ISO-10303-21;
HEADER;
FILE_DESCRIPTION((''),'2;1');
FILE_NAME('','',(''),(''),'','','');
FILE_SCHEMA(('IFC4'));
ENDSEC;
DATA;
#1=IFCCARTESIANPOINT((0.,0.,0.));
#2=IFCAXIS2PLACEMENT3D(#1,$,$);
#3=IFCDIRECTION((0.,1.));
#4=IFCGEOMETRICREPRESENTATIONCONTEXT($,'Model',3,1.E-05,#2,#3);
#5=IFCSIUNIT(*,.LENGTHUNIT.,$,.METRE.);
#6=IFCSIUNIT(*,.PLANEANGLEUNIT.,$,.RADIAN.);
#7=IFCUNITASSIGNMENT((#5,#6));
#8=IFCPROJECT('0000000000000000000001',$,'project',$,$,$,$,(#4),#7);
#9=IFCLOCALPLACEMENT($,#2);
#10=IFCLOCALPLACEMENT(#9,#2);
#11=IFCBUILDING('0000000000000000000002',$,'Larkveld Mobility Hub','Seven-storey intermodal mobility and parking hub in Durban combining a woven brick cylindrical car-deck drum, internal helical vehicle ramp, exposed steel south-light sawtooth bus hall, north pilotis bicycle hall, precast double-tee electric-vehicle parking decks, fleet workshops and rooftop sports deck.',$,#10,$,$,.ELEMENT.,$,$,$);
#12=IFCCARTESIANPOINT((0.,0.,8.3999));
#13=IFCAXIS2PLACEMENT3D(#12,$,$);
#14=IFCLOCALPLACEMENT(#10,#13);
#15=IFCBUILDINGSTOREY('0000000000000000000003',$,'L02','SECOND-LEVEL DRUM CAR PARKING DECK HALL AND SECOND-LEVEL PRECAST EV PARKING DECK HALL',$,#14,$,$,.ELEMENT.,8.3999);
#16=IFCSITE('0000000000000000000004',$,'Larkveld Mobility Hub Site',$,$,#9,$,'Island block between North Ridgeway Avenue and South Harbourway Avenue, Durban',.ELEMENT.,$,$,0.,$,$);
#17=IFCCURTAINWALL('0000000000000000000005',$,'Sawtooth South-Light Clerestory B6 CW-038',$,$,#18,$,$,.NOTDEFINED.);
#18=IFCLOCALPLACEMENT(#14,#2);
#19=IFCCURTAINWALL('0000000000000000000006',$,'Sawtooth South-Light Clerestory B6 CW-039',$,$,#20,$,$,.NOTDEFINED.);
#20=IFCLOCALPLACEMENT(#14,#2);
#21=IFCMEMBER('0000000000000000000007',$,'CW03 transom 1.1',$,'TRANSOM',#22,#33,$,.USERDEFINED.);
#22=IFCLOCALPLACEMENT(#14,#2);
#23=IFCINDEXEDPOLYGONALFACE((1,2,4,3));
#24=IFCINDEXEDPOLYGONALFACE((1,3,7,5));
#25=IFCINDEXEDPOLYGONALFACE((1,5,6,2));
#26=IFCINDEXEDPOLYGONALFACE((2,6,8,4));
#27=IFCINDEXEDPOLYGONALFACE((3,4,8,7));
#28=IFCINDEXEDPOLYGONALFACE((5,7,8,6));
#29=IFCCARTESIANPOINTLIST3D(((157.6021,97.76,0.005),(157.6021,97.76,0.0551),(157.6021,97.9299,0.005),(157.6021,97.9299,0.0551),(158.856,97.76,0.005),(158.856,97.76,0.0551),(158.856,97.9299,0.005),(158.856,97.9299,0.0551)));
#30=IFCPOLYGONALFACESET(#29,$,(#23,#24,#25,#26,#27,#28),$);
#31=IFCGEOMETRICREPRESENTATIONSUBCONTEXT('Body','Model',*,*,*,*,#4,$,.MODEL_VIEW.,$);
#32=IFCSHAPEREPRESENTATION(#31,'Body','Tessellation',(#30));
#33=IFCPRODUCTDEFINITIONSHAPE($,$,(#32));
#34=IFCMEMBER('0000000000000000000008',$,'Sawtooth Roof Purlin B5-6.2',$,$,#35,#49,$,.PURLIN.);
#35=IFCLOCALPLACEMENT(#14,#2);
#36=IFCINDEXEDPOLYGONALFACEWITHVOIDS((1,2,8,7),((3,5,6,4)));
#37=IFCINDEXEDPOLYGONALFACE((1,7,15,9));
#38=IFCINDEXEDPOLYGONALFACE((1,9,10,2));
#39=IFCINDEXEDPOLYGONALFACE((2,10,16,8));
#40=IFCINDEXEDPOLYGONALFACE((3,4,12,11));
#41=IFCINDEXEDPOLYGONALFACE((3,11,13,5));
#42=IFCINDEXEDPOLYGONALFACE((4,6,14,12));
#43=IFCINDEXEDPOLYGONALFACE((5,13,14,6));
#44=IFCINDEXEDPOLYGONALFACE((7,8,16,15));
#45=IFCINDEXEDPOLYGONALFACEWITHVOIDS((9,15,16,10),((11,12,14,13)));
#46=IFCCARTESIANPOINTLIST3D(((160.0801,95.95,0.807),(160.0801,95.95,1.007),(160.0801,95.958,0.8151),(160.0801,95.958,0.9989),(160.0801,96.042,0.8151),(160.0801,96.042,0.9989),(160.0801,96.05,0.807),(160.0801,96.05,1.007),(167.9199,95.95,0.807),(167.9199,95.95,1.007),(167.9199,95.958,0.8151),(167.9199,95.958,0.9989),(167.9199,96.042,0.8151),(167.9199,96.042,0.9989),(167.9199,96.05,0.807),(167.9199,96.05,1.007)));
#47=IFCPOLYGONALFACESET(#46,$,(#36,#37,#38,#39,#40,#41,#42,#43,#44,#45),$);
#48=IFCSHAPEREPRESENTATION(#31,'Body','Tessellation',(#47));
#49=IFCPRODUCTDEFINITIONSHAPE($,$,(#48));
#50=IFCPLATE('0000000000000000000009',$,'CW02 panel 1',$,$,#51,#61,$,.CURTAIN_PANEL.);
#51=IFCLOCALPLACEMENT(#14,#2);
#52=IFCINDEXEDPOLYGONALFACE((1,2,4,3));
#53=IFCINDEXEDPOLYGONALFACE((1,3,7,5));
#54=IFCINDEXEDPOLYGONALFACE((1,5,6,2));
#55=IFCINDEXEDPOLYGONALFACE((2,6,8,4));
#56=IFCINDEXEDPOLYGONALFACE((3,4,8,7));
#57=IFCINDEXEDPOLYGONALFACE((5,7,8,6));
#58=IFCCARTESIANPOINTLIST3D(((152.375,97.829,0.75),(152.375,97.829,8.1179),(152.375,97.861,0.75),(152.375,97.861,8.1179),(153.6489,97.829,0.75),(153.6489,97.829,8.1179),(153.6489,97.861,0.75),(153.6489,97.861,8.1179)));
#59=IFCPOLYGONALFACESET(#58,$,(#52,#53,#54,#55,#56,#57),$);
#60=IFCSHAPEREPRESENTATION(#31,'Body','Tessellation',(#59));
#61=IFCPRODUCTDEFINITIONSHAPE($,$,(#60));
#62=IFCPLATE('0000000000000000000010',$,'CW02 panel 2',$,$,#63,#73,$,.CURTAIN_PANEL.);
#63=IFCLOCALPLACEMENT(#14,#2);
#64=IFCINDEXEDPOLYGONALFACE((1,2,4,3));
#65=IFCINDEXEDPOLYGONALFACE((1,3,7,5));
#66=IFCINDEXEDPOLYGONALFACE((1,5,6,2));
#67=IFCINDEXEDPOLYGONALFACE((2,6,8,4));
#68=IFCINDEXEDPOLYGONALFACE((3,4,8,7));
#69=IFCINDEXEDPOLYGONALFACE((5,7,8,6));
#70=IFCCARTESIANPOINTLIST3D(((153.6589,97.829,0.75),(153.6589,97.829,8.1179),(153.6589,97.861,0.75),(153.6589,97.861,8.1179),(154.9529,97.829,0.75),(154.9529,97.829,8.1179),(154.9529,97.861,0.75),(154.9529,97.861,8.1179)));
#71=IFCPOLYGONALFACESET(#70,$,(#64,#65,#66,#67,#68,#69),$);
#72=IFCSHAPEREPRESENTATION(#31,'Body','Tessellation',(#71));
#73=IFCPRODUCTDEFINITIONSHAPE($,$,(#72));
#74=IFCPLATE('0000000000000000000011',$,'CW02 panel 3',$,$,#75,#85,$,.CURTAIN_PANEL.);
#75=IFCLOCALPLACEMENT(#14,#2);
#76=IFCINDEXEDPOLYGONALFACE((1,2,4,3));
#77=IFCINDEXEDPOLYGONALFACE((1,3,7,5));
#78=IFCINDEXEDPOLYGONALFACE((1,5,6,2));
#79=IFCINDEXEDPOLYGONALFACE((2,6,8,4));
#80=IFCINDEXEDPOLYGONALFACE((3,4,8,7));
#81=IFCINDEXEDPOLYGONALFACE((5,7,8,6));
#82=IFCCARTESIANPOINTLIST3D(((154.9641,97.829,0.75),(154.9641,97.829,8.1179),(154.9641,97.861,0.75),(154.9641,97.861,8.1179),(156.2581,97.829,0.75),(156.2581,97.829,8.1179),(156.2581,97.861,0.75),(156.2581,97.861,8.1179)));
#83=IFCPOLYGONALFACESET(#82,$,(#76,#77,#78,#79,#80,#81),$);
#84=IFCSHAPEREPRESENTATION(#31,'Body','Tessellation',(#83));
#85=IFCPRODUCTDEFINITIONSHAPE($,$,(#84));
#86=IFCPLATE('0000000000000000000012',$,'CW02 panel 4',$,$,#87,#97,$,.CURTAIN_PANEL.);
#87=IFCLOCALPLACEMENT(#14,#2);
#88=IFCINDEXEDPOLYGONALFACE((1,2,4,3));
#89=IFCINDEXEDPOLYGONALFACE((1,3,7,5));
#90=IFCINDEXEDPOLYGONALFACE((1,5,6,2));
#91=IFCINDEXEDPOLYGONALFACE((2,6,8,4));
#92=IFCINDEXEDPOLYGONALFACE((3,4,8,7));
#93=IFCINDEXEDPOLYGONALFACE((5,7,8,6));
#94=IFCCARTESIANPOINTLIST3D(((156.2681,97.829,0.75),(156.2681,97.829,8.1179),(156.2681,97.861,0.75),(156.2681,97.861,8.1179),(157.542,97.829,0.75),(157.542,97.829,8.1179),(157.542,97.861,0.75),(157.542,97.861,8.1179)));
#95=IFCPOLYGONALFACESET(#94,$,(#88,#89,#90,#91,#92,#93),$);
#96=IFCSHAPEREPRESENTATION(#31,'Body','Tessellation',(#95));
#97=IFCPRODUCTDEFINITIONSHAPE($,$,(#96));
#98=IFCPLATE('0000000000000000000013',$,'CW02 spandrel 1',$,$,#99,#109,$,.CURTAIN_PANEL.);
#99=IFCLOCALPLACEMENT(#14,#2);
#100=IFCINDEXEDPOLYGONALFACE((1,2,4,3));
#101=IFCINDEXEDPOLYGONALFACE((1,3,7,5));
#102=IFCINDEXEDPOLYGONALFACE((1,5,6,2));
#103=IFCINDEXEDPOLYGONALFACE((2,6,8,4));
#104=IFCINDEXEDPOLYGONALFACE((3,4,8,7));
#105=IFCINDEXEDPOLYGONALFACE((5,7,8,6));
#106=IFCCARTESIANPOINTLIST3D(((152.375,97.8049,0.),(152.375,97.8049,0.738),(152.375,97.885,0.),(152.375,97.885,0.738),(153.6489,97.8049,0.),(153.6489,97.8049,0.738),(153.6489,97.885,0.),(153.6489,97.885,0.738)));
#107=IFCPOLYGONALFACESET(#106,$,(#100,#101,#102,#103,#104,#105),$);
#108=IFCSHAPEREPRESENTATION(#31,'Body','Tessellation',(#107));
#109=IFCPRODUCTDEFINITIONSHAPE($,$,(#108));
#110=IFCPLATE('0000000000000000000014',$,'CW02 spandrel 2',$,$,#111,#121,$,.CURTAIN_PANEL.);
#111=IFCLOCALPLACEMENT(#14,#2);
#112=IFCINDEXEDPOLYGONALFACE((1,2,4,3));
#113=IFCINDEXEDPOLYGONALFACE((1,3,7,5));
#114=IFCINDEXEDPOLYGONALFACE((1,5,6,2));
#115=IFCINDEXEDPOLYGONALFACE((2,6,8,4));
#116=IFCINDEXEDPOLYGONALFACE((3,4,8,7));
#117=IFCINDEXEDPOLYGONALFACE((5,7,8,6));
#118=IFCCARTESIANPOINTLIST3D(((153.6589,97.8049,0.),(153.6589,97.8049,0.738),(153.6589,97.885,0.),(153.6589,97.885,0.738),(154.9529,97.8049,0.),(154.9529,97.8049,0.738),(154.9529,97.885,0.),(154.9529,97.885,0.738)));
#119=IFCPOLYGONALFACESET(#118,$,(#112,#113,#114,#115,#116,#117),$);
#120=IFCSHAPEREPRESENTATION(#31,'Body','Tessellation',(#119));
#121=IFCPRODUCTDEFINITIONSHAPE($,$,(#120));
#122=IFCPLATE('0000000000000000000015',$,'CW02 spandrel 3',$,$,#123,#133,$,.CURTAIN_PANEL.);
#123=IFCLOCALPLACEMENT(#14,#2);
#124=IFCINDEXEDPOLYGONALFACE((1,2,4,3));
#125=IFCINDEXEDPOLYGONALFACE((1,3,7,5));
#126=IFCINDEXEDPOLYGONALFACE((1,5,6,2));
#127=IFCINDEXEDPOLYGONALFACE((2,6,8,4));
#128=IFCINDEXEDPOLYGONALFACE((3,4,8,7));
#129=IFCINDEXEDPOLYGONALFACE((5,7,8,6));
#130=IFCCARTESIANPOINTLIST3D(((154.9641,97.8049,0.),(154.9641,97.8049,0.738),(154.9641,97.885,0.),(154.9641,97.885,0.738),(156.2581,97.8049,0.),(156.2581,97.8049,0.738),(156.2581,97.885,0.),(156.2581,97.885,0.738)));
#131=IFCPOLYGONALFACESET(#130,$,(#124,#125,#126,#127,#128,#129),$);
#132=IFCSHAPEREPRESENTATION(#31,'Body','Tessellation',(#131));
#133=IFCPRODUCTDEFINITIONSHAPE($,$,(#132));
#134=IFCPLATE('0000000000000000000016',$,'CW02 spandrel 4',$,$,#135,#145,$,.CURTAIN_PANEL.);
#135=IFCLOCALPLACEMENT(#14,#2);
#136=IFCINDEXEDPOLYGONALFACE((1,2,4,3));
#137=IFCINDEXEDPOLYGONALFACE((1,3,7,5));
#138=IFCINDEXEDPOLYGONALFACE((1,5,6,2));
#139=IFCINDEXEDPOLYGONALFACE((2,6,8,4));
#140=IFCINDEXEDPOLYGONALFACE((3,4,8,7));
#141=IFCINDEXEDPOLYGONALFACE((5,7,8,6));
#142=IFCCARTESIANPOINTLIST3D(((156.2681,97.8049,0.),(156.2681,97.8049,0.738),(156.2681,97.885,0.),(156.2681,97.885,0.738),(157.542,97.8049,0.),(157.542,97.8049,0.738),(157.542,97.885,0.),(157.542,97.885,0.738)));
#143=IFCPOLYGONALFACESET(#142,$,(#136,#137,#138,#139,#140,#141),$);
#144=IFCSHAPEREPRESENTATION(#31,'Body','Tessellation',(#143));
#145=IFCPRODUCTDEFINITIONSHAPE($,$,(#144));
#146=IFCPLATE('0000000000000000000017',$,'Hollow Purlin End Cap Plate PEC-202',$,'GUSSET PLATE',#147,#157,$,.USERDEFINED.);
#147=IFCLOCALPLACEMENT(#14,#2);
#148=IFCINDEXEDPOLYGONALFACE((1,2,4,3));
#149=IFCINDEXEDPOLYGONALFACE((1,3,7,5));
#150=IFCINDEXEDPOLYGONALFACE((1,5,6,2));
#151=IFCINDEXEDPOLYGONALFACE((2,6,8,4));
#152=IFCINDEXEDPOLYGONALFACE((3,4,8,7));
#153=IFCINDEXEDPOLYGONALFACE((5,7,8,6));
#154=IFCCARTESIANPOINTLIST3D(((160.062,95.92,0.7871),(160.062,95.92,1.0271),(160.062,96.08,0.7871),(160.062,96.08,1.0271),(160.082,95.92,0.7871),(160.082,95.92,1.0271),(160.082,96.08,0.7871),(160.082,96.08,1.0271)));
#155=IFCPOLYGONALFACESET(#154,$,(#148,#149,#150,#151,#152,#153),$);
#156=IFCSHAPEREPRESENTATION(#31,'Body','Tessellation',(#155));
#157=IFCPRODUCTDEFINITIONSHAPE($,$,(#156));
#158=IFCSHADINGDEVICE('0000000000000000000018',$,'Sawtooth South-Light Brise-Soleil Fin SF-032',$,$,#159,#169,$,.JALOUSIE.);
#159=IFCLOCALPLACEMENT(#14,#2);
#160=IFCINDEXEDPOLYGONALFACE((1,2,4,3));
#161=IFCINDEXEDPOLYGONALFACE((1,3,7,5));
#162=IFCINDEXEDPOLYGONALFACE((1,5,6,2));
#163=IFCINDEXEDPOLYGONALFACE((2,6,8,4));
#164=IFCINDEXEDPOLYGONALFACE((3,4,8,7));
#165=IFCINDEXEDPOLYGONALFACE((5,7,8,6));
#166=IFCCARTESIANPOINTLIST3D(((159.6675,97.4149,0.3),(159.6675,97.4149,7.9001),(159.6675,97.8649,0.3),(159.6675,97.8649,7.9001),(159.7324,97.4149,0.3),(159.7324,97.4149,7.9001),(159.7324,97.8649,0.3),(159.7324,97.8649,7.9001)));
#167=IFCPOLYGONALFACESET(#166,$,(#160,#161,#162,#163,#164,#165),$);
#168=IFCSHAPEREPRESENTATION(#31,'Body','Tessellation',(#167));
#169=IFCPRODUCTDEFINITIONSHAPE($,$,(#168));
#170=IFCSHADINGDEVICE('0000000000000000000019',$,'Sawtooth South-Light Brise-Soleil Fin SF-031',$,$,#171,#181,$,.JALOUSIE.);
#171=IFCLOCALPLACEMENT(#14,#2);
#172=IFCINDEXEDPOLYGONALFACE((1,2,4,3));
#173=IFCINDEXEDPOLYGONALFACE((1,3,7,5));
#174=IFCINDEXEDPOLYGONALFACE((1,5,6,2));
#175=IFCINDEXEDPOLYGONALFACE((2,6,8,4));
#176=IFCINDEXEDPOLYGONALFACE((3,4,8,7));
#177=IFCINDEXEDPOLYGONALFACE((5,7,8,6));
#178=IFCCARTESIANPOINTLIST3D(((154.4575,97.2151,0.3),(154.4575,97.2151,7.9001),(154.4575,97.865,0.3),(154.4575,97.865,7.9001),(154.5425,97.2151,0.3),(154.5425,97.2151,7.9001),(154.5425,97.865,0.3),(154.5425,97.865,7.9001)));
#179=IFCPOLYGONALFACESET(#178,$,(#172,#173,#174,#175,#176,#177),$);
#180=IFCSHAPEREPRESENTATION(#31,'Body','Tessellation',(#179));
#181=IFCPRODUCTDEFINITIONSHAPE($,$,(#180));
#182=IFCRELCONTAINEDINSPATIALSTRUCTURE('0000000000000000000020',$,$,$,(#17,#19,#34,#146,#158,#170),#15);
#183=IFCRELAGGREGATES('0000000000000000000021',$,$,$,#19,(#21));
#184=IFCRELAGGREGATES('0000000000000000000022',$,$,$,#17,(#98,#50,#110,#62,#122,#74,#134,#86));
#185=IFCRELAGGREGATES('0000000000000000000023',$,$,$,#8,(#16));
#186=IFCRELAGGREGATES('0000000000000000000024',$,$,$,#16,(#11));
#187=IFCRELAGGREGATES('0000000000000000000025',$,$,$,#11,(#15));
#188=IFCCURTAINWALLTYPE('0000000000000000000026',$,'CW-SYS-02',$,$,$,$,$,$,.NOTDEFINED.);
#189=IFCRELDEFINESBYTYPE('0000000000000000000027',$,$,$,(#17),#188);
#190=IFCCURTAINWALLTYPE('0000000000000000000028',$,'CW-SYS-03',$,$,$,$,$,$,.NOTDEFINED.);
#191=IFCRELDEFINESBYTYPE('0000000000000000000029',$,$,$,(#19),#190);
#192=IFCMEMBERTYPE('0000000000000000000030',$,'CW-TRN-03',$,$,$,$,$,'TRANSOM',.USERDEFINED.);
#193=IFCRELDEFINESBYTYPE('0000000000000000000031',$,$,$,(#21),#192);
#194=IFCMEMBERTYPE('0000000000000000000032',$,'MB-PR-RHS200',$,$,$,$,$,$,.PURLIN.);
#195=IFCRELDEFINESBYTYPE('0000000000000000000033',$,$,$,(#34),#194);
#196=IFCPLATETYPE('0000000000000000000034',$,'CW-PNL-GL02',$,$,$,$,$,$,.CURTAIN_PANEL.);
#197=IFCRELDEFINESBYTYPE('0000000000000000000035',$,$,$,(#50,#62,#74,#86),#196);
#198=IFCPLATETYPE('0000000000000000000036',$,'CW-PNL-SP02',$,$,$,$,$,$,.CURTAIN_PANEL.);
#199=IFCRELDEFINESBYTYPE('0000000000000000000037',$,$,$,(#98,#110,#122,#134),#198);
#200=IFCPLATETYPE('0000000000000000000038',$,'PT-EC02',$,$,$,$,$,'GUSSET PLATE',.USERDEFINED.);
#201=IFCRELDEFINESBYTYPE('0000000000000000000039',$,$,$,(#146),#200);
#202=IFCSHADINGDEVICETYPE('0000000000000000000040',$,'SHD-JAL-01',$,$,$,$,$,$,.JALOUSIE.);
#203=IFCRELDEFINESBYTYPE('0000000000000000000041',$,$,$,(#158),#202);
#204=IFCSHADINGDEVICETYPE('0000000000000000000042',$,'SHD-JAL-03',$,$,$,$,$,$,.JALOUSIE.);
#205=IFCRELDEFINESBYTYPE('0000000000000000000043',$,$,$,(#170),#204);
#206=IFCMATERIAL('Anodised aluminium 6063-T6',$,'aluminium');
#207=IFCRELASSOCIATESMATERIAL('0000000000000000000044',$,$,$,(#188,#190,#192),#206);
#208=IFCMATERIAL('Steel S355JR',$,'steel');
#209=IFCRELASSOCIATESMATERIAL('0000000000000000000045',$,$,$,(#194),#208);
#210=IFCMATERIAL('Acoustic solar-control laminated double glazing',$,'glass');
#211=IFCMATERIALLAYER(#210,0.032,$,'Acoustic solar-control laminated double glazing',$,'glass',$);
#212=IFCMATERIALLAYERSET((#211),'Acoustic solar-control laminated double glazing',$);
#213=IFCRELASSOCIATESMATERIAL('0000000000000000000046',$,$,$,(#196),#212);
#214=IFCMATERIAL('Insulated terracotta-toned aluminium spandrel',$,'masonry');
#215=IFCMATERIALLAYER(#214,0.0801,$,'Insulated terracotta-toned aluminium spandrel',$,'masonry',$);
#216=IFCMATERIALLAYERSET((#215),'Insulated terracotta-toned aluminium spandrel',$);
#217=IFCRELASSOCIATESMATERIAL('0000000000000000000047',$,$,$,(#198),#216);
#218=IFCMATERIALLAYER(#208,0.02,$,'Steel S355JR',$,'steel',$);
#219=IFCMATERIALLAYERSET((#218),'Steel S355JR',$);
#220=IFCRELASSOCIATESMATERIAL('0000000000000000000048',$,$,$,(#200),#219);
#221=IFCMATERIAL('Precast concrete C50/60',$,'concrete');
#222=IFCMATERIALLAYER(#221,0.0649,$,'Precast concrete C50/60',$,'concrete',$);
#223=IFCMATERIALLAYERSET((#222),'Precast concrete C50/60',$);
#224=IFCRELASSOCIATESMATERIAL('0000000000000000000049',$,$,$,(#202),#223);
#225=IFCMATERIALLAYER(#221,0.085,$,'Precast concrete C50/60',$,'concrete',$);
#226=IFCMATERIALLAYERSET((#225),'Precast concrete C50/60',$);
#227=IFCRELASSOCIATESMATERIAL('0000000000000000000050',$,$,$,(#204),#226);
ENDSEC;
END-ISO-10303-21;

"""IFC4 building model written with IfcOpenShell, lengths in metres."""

from ifc_helpers import new_model, si_unit, direction, frame, origin, origin_2d, place, context, subcontext, project, spatial, rectangle, hollow_rectangle, extrude, material, layer, layer_set, material_profile, profile_set, type_object, element, aggregate, save


model = new_model("IFC4")

# Units and contexts
model_context = context("Model", 3, precision=1e-05, world=origin(), true_north=direction((0.0, 1.0)))
body_context = subcontext(model_context, "Body", "Model", "MODEL_VIEW")
ifc_project = project(units=[si_unit("LENGTHUNIT", "METRE"), si_unit("PLANEANGLEUNIT", "RADIAN")], contexts=[model_context])

# Site, building, storey
site_placement = place(None, origin())
site = spatial("IfcSite", under=ifc_project, at=site_placement, Name="Larkveld Mobility Hub Site", LongName="Island block between North Ridgeway Avenue and South Harbourway Avenue, Durban", CompositionType="ELEMENT", RefElevation=0.0)
building_placement = place(site_placement, origin())
building = spatial("IfcBuilding", under=site, at=building_placement, Name="Larkveld Mobility Hub", Description="Seven-storey intermodal mobility and parking hub in Durban combining a woven brick cylindrical car-deck drum, internal helical vehicle ramp, exposed steel south-light sawtooth bus hall, north pilotis bicycle hall, precast double-tee electric-vehicle parking decks, fleet workshops and rooftop sports deck.", CompositionType="ELEMENT")
storey_placement = place(building_placement, frame((0.0, 0.0, 8.3999)))
storey = spatial("IfcBuildingStorey", under=building, at=storey_placement, Name="L02", Description="SECOND-LEVEL DRUM CAR PARKING DECK HALL AND SECOND-LEVEL PRECAST EV PARKING DECK HALL", CompositionType="ELEMENT", Elevation=8.3999)

# Curtain wall
ifc_material_1 = material(Name="Anodised aluminium 6063-T6", Category="aluminium")
curtain_wall_type_1 = type_object("IfcCurtainWallType", Name="CW-SYS-02", PredefinedType="NOTDEFINED", material=ifc_material_1)
curtain_wall_1_placement = place(storey_placement, origin())
curtain_wall_1 = element("IfcCurtainWall", 1, at=curtain_wall_1_placement, inside=storey, type_object=curtain_wall_type_1, Name="Sawtooth South-Light Clerestory B6 CW-038", PredefinedType="NOTDEFINED")

# Curtain wall
curtain_wall_type_2 = type_object("IfcCurtainWallType", Name="CW-SYS-03", PredefinedType="NOTDEFINED", material=ifc_material_1)
curtain_wall_2_placement = place(storey_placement, origin())
curtain_wall_2 = element("IfcCurtainWall", 2, at=curtain_wall_2_placement, inside=storey, type_object=curtain_wall_type_2, Name="Sawtooth South-Light Clerestory B6 CW-039", PredefinedType="NOTDEFINED")

# Members
ifc_material_profile_1 = material_profile(ifc_material_1, rectangle(XDim=0.1699, YDim=0.05, at=origin_2d()), Name="ALU TRAN 50x170")
ifc_profile_set_1 = profile_set([ifc_material_profile_1], Name="Anodised aluminium 6063-T6")
member_type_1 = type_object("IfcMemberType", Name="CW-TRN-03", ElementType="TRANSOM", PredefinedType="USERDEFINED", material=ifc_profile_set_1)
member_1_placement = place(storey_placement, frame((157.6021, 97.845, 0.03), z_axis=(1.0, 0.0, 0.0), x_axis=(0.0, 1.0, 0.0)))
member_1 = element("IfcMember", 3, at=member_1_placement, type_object=member_type_1, Name="CW03 transom 1.1", ObjectType="TRANSOM", PredefinedType="USERDEFINED", context=body_context, shape_type="SweptSolid", body=[
    extrude(rectangle(XDim=0.1699, YDim=0.05, at=origin_2d()), origin(), (0.0, 0.0, 1.0), 1.2539),
])
aggregate(curtain_wall_2, [member_1])
ifc_material_2 = material(Name="Steel S355JR", Category="steel")
ifc_material_profile_2 = material_profile(ifc_material_2, hollow_rectangle(XDim=0.1001, YDim=0.2, WallThickness=0.0081, at=origin_2d()), Name="RHS 200x100x8")
ifc_profile_set_2 = profile_set([ifc_material_profile_2], Name="Steel S355JR")
member_type_2 = type_object("IfcMemberType", Name="MB-PR-RHS200", PredefinedType="PURLIN", material=ifc_profile_set_2)
member_2_placement = place(storey_placement, frame((160.0801, 96.0, 0.907), z_axis=(1.0, 0.0, 0.0), x_axis=(0.0, 1.0, 0.0)))
element("IfcMember", 4, at=member_2_placement, inside=storey, type_object=member_type_2, Name="Sawtooth Roof Purlin B5-6.2", PredefinedType="PURLIN", context=body_context, shape_type="SweptSolid", body=[
    extrude(hollow_rectangle(XDim=0.1001, YDim=0.2, WallThickness=0.0081, at=origin_2d()), origin(), (0.0, 0.0, 1.0), 7.8398),
])

# Plates
ifc_material_3 = material(Name="Acoustic solar-control laminated double glazing", Category="glass")
ifc_layer_1 = layer(ifc_material_3, 0.032, Name="Acoustic solar-control laminated double glazing", Category="glass")
ifc_layer_set_1 = layer_set([ifc_layer_1], Name="Acoustic solar-control laminated double glazing")
plate_type_1 = type_object("IfcPlateType", Name="CW-PNL-GL02", PredefinedType="CURTAIN_PANEL", material=ifc_layer_set_1)
plate_1_placement = place(storey_placement, frame((153.012, 97.845, 0.75), z_axis=(0.0, 0.0, 1.0), x_axis=(1.0, 0.0, 0.0)))
plate_1 = element("IfcPlate", 5, at=plate_1_placement, type_object=plate_type_1, Name="CW02 panel 1", PredefinedType="CURTAIN_PANEL", context=body_context, shape_type="SweptSolid", body=[
    extrude(rectangle(XDim=1.2739, YDim=0.032, at=origin_2d()), origin(), (0.0, 0.0, 1.0), 7.3679),
])
plate_2_placement = place(storey_placement, frame((154.3059, 97.845, 0.75), z_axis=(0.0, 0.0, 1.0), x_axis=(1.0, 0.0, 0.0)))
plate_2 = element("IfcPlate", 6, at=plate_2_placement, type_object=plate_type_1, Name="CW02 panel 2", PredefinedType="CURTAIN_PANEL", context=body_context, shape_type="SweptSolid", body=[
    extrude(rectangle(XDim=1.2939, YDim=0.032, at=origin_2d()), origin(), (0.0, 0.0, 1.0), 7.3679),
])
plate_3_placement = place(storey_placement, frame((155.6111, 97.845, 0.75), z_axis=(0.0, 0.0, 1.0), x_axis=(1.0, 0.0, 0.0)))
plate_3 = element("IfcPlate", 7, at=plate_3_placement, type_object=plate_type_1, Name="CW02 panel 3", PredefinedType="CURTAIN_PANEL", context=body_context, shape_type="SweptSolid", body=[
    extrude(rectangle(XDim=1.2939, YDim=0.032, at=origin_2d()), origin(), (0.0, 0.0, 1.0), 7.3679),
])
plate_4_placement = place(storey_placement, frame((156.905, 97.845, 0.75), z_axis=(0.0, 0.0, 1.0), x_axis=(1.0, 0.0, 0.0)))
plate_4 = element("IfcPlate", 8, at=plate_4_placement, type_object=plate_type_1, Name="CW02 panel 4", PredefinedType="CURTAIN_PANEL", context=body_context, shape_type="SweptSolid", body=[
    extrude(rectangle(XDim=1.2739, YDim=0.032, at=origin_2d()), origin(), (0.0, 0.0, 1.0), 7.3679),
])
ifc_material_4 = material(Name="Insulated terracotta-toned aluminium spandrel", Category="masonry")
ifc_layer_2 = layer(ifc_material_4, 0.0801, Name="Insulated terracotta-toned aluminium spandrel", Category="masonry")
ifc_layer_set_2 = layer_set([ifc_layer_2], Name="Insulated terracotta-toned aluminium spandrel")
plate_type_2 = type_object("IfcPlateType", Name="CW-PNL-SP02", PredefinedType="CURTAIN_PANEL", material=ifc_layer_set_2)
plate_5_placement = place(storey_placement, frame((153.012, 97.845, 0.0), z_axis=(0.0, 0.0, 1.0), x_axis=(1.0, 0.0, 0.0)))
plate_5 = element("IfcPlate", 9, at=plate_5_placement, type_object=plate_type_2, Name="CW02 spandrel 1", PredefinedType="CURTAIN_PANEL", context=body_context, shape_type="SweptSolid", body=[
    extrude(rectangle(XDim=1.2739, YDim=0.0801, at=origin_2d()), origin(), (0.0, 0.0, 1.0), 0.738),
])
plate_6_placement = place(storey_placement, frame((154.3059, 97.845, 0.0), z_axis=(0.0, 0.0, 1.0), x_axis=(1.0, 0.0, 0.0)))
plate_6 = element("IfcPlate", 10, at=plate_6_placement, type_object=plate_type_2, Name="CW02 spandrel 2", PredefinedType="CURTAIN_PANEL", context=body_context, shape_type="SweptSolid", body=[
    extrude(rectangle(XDim=1.2939, YDim=0.0801, at=origin_2d()), origin(), (0.0, 0.0, 1.0), 0.738),
])
plate_7_placement = place(storey_placement, frame((155.6111, 97.845, 0.0), z_axis=(0.0, 0.0, 1.0), x_axis=(1.0, 0.0, 0.0)))
plate_7 = element("IfcPlate", 11, at=plate_7_placement, type_object=plate_type_2, Name="CW02 spandrel 3", PredefinedType="CURTAIN_PANEL", context=body_context, shape_type="SweptSolid", body=[
    extrude(rectangle(XDim=1.2939, YDim=0.0801, at=origin_2d()), origin(), (0.0, 0.0, 1.0), 0.738),
])
plate_8_placement = place(storey_placement, frame((156.905, 97.845, 0.0), z_axis=(0.0, 0.0, 1.0), x_axis=(1.0, 0.0, 0.0)))
plate_8 = element("IfcPlate", 12, at=plate_8_placement, type_object=plate_type_2, Name="CW02 spandrel 4", PredefinedType="CURTAIN_PANEL", context=body_context, shape_type="SweptSolid", body=[
    extrude(rectangle(XDim=1.2739, YDim=0.0801, at=origin_2d()), origin(), (0.0, 0.0, 1.0), 0.738),
])
aggregate(curtain_wall_1, [plate_5, plate_1, plate_6, plate_2, plate_7, plate_3, plate_8, plate_4])
ifc_layer_3 = layer(ifc_material_2, 0.02, Name="Steel S355JR", Category="steel")
ifc_layer_set_3 = layer_set([ifc_layer_3], Name="Steel S355JR")
plate_type_3 = type_object("IfcPlateType", Name="PT-EC02", ElementType="GUSSET PLATE", PredefinedType="USERDEFINED", material=ifc_layer_set_3)
plate_9_placement = place(storey_placement, frame((160.072, 96.0, 0.7871), z_axis=(0.0, 0.0, 1.0), x_axis=(1.0, 0.0, 0.0)))
element("IfcPlate", 13, at=plate_9_placement, inside=storey, type_object=plate_type_3, Name="Hollow Purlin End Cap Plate PEC-202", ObjectType="GUSSET PLATE", PredefinedType="USERDEFINED", context=body_context, shape_type="SweptSolid", body=[
    extrude(rectangle(XDim=0.02, YDim=0.1599, at=origin_2d()), origin(), (0.0, 0.0, 1.0), 0.24),
])

# Shading devices
ifc_material_5 = material(Name="Precast concrete C50/60", Category="concrete")
ifc_layer_4 = layer(ifc_material_5, 0.0649, Name="Precast concrete C50/60", Category="concrete")
ifc_layer_set_4 = layer_set([ifc_layer_4], Name="Precast concrete C50/60")
shading_device_type_1 = type_object("IfcShadingDeviceType", Name="SHD-JAL-01", PredefinedType="JALOUSIE", material=ifc_layer_set_4)
shading_device_1_placement = place(storey_placement, frame((159.7, 97.6399, 0.3), z_axis=(0.0, 0.0, 1.0), x_axis=(1.0, 0.0, 0.0)))
element("IfcShadingDevice", 14, at=shading_device_1_placement, inside=storey, type_object=shading_device_type_1, Name="Sawtooth South-Light Brise-Soleil Fin SF-032", PredefinedType="JALOUSIE", context=body_context, shape_type="SweptSolid", body=[
    extrude(rectangle(XDim=0.0649, YDim=0.45, at=origin_2d()), origin(), (0.0, 0.0, 1.0), 7.6001),
])
ifc_layer_5 = layer(ifc_material_5, 0.085, Name="Precast concrete C50/60", Category="concrete")
ifc_layer_set_5 = layer_set([ifc_layer_5], Name="Precast concrete C50/60")
shading_device_type_2 = type_object("IfcShadingDeviceType", Name="SHD-JAL-03", PredefinedType="JALOUSIE", material=ifc_layer_set_5)
shading_device_2_placement = place(storey_placement, frame((154.5, 97.54, 0.3), z_axis=(0.0, 0.0, 1.0), x_axis=(1.0, 0.0, 0.0)))
element("IfcShadingDevice", 15, at=shading_device_2_placement, inside=storey, type_object=shading_device_type_2, Name="Sawtooth South-Light Brise-Soleil Fin SF-031", PredefinedType="JALOUSIE", context=body_context, shape_type="SweptSolid", body=[
    extrude(rectangle(XDim=0.085, YDim=0.6499, at=origin_2d()), origin(), (0.0, 0.0, 1.0), 7.6001),
])

save(model, "model.ifc")
